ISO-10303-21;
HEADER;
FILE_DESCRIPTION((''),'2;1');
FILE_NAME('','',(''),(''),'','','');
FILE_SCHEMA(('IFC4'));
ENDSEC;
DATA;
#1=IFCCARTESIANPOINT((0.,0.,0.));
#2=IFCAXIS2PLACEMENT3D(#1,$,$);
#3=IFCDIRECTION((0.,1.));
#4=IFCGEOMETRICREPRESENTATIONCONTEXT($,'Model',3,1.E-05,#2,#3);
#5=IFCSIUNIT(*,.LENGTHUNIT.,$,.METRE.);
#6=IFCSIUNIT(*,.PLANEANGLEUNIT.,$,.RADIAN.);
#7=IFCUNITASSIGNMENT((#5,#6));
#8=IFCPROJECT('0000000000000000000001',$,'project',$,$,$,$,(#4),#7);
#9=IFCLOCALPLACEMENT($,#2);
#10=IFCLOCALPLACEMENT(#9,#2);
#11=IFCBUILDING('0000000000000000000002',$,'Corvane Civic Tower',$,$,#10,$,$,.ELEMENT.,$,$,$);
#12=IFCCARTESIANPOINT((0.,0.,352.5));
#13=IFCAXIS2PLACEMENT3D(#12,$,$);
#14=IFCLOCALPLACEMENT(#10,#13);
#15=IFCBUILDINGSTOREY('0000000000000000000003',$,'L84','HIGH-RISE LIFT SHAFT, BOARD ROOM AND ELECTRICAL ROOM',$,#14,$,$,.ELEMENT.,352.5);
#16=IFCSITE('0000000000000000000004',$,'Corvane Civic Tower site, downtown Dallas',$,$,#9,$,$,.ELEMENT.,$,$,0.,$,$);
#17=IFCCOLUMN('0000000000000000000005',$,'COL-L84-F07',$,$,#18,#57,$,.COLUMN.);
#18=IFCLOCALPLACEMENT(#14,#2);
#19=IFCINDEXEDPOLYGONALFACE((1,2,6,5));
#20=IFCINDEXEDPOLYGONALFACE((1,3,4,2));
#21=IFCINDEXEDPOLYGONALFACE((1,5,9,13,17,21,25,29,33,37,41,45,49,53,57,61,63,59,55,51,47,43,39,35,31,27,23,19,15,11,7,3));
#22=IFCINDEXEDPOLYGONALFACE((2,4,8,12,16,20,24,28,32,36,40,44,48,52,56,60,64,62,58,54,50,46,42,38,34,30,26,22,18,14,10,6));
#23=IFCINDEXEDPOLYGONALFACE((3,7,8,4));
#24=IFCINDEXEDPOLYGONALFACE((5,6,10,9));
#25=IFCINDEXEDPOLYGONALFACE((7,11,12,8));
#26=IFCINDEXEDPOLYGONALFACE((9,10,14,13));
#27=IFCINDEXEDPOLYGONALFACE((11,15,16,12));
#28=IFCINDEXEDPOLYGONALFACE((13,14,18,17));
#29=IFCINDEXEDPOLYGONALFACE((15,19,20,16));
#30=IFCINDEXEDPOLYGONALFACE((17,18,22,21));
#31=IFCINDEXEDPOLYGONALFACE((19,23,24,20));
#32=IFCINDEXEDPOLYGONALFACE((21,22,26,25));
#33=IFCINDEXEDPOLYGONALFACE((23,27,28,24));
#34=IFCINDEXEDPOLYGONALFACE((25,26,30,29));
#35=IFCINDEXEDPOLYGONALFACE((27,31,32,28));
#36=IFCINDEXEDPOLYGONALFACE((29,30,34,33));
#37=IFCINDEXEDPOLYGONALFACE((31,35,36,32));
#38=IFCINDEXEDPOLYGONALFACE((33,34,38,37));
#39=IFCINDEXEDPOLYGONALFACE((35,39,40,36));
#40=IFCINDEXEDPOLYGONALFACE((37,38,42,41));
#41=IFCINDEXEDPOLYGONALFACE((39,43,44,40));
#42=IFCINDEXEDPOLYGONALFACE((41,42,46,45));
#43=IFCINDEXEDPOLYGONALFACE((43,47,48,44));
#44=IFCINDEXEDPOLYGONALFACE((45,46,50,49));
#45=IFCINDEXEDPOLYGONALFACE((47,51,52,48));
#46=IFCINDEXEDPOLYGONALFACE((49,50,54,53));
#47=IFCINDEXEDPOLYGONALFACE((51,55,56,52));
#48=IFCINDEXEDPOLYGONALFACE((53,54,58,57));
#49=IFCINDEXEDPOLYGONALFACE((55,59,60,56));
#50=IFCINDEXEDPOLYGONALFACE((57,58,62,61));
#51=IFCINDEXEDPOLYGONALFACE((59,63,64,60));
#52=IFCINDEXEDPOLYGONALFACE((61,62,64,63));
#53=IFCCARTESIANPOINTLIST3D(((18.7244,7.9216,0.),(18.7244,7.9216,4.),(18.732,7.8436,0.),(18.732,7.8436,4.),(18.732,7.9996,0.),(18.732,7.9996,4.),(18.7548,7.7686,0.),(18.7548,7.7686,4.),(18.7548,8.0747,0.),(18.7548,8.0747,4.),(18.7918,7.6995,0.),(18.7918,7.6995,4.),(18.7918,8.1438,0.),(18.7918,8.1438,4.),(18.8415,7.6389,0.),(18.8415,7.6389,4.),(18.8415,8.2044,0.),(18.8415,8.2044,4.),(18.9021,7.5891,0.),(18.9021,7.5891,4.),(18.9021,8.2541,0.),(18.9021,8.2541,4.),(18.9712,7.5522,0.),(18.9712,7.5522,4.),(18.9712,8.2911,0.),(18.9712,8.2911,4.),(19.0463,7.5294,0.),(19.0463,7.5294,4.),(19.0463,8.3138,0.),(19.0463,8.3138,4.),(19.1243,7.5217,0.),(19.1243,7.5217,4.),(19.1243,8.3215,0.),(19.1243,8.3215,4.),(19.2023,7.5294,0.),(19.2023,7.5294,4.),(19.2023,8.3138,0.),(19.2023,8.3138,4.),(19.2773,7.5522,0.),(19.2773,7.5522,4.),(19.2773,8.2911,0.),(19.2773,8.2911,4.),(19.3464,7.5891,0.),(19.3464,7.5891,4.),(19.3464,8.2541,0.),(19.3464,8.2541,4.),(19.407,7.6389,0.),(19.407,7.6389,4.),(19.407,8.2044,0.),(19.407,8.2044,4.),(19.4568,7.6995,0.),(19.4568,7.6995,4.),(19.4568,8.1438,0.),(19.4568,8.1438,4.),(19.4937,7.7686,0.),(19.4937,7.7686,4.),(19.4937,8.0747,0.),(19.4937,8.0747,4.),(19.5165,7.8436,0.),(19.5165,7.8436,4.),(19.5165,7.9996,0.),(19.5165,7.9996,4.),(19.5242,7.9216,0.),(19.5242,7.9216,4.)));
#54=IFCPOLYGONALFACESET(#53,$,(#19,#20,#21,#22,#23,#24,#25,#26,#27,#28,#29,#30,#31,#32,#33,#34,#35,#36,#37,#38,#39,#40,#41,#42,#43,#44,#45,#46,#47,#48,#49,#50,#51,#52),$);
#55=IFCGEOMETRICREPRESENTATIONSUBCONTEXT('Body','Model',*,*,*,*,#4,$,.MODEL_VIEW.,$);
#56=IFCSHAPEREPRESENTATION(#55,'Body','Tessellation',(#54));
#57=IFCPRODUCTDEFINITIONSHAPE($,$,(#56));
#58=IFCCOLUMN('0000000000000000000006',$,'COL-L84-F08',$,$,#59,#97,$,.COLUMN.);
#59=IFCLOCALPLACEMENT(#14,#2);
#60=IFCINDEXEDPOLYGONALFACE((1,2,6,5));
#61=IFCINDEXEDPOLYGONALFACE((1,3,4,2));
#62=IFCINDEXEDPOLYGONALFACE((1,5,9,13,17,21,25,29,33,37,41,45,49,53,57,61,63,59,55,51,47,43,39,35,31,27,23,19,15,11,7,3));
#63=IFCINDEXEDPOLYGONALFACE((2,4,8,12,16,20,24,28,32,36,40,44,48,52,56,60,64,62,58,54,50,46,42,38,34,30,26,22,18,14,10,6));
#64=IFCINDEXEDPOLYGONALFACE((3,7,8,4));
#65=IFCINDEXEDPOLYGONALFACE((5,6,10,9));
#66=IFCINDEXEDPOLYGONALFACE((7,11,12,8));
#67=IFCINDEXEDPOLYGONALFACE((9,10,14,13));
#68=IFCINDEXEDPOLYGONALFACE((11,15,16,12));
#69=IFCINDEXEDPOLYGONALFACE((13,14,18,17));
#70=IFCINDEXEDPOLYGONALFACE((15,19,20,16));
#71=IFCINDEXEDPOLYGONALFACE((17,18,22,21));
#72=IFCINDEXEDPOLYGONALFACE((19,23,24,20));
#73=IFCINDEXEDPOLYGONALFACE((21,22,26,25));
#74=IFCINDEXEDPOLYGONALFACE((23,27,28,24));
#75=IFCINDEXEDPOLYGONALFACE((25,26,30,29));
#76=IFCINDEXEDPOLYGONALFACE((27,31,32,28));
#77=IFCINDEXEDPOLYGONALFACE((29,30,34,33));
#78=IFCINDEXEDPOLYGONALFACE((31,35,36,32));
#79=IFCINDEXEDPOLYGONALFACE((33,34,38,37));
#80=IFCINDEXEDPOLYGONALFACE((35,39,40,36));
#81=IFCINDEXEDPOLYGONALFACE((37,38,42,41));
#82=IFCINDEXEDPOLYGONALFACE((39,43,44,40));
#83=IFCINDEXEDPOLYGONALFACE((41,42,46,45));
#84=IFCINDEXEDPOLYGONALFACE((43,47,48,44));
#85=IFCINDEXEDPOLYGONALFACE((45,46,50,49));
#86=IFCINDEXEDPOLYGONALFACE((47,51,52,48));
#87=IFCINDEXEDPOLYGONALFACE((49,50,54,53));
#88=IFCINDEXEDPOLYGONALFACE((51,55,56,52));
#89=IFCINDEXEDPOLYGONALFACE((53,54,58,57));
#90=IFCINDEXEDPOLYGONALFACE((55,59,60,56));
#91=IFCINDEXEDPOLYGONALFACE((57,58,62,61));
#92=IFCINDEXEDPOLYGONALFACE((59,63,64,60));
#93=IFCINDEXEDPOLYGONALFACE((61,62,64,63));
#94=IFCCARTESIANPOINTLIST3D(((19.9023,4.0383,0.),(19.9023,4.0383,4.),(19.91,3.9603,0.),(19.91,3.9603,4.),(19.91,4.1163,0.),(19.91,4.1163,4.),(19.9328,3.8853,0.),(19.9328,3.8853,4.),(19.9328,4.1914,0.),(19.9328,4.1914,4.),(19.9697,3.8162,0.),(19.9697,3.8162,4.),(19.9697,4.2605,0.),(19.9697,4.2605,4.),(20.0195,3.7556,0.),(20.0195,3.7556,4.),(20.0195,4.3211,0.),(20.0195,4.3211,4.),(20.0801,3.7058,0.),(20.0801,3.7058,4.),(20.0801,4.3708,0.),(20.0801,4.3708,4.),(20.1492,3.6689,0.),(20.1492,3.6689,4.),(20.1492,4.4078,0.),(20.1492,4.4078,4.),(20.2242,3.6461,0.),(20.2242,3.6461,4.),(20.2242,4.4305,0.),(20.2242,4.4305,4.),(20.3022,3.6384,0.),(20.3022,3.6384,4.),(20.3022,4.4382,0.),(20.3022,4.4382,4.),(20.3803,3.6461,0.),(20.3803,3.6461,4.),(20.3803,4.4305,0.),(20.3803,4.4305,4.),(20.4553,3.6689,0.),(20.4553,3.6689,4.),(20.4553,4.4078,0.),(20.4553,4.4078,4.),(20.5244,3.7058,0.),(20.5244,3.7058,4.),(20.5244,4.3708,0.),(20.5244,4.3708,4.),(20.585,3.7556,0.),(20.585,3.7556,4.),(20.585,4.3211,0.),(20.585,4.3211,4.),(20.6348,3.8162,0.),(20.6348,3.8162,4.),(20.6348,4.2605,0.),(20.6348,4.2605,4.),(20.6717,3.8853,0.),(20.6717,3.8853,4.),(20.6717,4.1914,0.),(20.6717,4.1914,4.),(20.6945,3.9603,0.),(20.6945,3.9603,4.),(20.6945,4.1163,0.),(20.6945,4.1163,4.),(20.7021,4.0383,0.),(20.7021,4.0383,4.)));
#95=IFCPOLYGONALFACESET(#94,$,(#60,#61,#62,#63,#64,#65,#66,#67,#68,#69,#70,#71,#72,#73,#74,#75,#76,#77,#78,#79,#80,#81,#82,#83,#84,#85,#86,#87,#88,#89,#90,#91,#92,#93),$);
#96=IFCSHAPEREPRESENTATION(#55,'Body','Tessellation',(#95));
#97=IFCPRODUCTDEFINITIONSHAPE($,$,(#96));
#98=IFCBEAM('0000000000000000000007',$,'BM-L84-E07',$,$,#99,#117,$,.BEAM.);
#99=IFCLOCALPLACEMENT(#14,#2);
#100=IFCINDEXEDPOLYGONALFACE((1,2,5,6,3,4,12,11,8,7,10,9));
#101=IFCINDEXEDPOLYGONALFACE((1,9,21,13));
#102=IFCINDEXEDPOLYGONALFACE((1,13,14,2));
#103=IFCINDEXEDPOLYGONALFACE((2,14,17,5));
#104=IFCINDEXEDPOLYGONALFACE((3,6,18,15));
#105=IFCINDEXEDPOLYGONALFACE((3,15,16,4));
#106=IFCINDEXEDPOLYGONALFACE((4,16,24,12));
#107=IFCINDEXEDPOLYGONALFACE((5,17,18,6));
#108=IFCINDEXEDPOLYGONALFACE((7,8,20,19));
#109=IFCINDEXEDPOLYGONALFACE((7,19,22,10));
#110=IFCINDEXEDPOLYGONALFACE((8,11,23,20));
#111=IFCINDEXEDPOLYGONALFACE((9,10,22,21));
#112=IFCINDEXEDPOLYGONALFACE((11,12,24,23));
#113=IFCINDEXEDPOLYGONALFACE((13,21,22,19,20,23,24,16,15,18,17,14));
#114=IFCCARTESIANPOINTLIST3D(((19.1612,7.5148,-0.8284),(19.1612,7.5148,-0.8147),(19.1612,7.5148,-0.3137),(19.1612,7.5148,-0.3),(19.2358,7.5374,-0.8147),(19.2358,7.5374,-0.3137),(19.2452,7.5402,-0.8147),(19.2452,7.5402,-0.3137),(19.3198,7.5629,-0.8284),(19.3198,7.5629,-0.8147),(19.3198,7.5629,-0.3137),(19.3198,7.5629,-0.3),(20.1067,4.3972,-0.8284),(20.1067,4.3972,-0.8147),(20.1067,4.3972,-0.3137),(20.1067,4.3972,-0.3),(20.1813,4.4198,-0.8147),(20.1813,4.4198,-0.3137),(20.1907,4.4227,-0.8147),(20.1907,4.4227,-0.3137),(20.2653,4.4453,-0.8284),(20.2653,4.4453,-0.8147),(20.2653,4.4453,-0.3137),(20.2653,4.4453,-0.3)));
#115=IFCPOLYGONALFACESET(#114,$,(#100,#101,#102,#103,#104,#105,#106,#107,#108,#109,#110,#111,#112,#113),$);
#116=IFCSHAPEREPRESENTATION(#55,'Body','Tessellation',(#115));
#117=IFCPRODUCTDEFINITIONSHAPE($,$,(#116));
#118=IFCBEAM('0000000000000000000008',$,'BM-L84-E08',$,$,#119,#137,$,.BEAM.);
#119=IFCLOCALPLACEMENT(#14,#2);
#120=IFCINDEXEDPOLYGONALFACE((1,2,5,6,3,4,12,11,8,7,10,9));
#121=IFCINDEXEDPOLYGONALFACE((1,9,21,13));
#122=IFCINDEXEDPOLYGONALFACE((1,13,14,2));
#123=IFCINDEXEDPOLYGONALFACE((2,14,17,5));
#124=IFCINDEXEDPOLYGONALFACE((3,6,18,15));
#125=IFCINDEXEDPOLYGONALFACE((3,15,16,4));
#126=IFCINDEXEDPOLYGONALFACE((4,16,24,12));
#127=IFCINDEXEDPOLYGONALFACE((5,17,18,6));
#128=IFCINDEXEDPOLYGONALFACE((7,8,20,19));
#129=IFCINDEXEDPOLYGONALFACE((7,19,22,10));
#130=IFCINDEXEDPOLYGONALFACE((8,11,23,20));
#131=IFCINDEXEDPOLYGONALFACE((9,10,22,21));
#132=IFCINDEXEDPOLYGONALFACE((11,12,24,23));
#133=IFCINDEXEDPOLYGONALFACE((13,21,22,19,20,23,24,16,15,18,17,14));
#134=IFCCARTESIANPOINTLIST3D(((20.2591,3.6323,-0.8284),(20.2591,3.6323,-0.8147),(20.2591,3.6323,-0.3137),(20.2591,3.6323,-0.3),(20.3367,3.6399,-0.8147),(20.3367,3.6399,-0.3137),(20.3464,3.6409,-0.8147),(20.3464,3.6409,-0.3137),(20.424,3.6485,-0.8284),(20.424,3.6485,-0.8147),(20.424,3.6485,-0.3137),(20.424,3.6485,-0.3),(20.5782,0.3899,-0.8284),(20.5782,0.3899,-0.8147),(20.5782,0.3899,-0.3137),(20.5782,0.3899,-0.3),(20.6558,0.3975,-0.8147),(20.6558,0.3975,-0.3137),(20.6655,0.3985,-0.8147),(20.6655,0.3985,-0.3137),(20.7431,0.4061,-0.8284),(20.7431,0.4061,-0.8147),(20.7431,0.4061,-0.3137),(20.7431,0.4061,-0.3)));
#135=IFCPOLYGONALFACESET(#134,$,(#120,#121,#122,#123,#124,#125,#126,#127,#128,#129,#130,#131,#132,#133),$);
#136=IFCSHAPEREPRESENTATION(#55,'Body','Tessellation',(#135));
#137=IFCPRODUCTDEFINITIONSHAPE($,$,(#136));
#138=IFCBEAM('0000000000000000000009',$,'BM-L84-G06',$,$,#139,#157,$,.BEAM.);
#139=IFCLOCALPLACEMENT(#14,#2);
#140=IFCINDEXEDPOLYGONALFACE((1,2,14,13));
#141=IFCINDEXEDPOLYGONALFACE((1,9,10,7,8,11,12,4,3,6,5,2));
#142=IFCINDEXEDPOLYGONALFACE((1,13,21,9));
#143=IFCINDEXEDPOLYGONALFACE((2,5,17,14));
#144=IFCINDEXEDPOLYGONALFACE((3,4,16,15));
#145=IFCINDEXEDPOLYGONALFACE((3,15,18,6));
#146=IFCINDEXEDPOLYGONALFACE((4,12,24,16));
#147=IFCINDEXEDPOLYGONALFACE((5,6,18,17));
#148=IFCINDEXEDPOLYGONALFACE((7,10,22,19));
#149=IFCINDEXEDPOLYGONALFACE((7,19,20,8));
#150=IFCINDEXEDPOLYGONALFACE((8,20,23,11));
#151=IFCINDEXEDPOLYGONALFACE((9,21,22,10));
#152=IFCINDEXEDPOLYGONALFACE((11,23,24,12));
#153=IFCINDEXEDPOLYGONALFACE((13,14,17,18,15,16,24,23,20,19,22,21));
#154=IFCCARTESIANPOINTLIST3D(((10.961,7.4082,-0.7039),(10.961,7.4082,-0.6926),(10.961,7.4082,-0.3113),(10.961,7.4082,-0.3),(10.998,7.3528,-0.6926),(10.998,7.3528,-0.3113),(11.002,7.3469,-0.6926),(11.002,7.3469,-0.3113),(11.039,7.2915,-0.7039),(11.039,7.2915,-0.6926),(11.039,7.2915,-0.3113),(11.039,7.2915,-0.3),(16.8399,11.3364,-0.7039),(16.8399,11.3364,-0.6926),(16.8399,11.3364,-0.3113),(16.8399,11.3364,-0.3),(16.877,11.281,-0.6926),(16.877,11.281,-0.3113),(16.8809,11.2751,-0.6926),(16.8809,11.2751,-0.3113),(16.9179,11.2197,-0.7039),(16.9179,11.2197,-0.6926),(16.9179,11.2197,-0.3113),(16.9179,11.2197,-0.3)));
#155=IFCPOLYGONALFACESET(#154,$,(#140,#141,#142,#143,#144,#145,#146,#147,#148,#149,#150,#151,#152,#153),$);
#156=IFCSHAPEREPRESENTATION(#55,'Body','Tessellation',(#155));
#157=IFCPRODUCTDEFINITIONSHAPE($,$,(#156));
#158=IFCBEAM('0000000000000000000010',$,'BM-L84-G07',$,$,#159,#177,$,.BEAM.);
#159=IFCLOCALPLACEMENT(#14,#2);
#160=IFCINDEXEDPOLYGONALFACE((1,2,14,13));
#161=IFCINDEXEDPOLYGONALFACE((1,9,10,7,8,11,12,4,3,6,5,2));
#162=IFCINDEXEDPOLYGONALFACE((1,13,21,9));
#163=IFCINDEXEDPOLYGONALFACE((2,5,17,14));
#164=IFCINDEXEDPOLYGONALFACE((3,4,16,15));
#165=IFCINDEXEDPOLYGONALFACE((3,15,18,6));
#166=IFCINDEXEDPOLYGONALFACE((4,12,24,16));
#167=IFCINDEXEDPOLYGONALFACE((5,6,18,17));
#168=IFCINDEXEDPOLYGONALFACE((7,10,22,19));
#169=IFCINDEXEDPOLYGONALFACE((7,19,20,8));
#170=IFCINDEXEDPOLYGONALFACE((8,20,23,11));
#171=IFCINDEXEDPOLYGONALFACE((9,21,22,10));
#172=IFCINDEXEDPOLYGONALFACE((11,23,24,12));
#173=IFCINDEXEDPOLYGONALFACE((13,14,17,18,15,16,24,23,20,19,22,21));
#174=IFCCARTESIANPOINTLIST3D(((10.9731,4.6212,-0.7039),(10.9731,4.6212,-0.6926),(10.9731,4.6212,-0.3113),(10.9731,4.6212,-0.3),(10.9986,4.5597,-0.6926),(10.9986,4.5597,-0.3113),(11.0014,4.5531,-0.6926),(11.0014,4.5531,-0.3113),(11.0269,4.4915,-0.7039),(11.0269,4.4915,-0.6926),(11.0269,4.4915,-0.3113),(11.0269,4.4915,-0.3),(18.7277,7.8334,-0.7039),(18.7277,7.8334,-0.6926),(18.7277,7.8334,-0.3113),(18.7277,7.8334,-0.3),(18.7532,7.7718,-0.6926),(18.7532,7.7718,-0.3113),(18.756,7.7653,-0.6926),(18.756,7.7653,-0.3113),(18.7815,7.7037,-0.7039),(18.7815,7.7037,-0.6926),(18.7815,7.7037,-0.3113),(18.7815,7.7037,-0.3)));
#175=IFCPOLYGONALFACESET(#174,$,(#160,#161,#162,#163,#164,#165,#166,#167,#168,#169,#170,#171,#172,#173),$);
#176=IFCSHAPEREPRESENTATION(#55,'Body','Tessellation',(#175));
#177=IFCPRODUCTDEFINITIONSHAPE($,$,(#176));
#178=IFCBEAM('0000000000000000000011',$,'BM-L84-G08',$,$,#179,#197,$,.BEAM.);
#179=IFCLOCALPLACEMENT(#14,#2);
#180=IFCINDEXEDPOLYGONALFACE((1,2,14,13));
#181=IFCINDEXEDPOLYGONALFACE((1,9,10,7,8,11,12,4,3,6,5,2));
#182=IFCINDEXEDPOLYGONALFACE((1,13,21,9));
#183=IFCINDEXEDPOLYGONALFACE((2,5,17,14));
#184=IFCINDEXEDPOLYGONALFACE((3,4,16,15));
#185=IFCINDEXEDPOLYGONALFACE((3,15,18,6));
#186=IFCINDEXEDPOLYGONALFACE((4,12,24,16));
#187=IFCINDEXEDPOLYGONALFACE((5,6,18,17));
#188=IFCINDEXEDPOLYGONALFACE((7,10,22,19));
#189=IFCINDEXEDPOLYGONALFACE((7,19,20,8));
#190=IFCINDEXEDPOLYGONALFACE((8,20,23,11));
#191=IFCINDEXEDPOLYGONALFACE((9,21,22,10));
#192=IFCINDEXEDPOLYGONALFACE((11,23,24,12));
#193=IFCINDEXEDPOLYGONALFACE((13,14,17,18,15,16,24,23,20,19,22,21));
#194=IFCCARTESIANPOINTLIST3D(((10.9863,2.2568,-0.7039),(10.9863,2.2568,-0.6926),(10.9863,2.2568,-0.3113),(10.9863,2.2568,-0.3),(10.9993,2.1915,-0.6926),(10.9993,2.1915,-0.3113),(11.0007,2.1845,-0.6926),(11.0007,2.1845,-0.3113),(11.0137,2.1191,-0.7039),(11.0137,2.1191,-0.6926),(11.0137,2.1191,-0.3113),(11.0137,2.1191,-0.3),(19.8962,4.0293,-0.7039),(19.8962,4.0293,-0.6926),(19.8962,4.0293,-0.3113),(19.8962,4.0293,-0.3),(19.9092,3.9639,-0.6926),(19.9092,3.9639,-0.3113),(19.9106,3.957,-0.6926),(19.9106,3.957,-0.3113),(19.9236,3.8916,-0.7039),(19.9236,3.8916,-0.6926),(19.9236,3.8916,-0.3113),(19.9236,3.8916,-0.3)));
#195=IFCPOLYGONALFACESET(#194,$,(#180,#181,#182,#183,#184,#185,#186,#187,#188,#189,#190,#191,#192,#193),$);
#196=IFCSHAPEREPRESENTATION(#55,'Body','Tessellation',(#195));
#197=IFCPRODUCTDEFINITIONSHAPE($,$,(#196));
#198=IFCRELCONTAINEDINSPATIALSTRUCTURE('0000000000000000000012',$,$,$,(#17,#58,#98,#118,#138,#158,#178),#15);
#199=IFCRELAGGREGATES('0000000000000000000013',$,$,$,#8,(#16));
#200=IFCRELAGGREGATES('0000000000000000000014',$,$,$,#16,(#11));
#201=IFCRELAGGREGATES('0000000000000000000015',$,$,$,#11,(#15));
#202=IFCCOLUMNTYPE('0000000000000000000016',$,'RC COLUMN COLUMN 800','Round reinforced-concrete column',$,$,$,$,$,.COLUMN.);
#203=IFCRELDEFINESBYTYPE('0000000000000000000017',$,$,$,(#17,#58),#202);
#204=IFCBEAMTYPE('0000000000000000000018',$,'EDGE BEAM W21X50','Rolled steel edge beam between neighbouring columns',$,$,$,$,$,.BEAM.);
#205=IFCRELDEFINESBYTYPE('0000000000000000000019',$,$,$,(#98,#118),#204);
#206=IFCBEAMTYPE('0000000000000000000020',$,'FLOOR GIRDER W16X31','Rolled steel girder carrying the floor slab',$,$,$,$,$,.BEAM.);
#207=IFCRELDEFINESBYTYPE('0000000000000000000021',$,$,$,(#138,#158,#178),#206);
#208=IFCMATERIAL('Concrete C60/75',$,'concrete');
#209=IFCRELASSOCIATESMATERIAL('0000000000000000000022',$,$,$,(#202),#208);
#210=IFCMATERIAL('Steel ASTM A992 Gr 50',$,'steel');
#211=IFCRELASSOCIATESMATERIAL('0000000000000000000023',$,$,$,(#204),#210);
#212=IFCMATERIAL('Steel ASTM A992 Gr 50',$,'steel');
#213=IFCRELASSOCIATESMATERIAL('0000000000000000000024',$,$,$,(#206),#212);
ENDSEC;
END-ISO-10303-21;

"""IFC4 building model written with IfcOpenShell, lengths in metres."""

from ifc_helpers import new_model, si_unit, direction, frame, origin, origin_2d, place, context, subcontext, project, spatial, circle, i_section, extrude, material, material_profile, profile_set, type_object, element, save


model = new_model("IFC4")

# Units and contexts
model_context = context("Model", 3, precision=1e-05, world=origin(), true_north=direction((0.0, 1.0)))
body_context = subcontext(model_context, "Body", "Model", "MODEL_VIEW")
ifc_project = project(units=[si_unit("LENGTHUNIT", "METRE"), si_unit("PLANEANGLEUNIT", "RADIAN")], contexts=[model_context])

# Site, building, storey
site_placement = place(None, origin())
site = spatial("IfcSite", under=ifc_project, at=site_placement, Name="Corvane Civic Tower site, downtown Dallas", CompositionType="ELEMENT", RefElevation=0.0)
building_placement = place(site_placement, origin())
building = spatial("IfcBuilding", under=site, at=building_placement, Name="Corvane Civic Tower", CompositionType="ELEMENT")
storey_placement = place(building_placement, frame((0.0, 0.0, 352.5)))
storey = spatial("IfcBuildingStorey", under=building, at=storey_placement, Name="L84", Description="HIGH-RISE LIFT SHAFT, BOARD ROOM AND ELECTRICAL ROOM", CompositionType="ELEMENT", Elevation=352.5)

# Columns
ifc_material_1 = material(Name="Concrete C60/75", Category="concrete")
ifc_material_profile_1 = material_profile(ifc_material_1, circle(Radius=0.3999, at=origin_2d()), Name="COLUMN 800")
ifc_profile_set_1 = profile_set([ifc_material_profile_1], Name="Concrete C60/75")
column_type = type_object("IfcColumnType", Name="RC COLUMN COLUMN 800", Description="Round reinforced-concrete column", PredefinedType="COLUMN", material=ifc_profile_set_1)
for number, where, z_axis, x_axis, name in (
    (1, (19.1243, 7.9216, 0.0), (0.0, 0.0, 1.0), (1.0, 0.0, 0.0), "COL-L84-F07"),
    (2, (20.3022, 4.0383, 0.0), (0.0, 0.0, 1.0), (1.0, 0.0, 0.0), "COL-L84-F08"),
):
    element("IfcColumn", number, at=place(storey_placement, frame(where, z_axis=z_axis, x_axis=x_axis)), inside=storey, type_object=column_type, Name=name, PredefinedType="COLUMN", context=body_context, shape_type="SweptSolid", body=[
        extrude(circle(Radius=0.3999, at=origin_2d()), origin(), (0.0, 0.0, 1.0), 4.0),
    ])

# Beams
ifc_material_2 = material(Name="Steel ASTM A992 Gr 50", Category="steel")
ifc_material_profile_2 = material_profile(ifc_material_2, i_section(OverallWidth=0.1658, OverallDepth=0.5283, WebThickness=0.0098, FlangeThickness=0.0137, at=origin_2d()), Name="W21X50")
ifc_profile_set_2 = profile_set([ifc_material_profile_2], Name="Steel ASTM A992 Gr 50")
beam_type_1 = type_object("IfcBeamType", Name="EDGE BEAM W21X50", Description="Rolled steel edge beam between neighbouring columns", PredefinedType="BEAM", material=ifc_profile_set_2)
beam_1_placement = place(storey_placement, frame((19.2405, 7.5388, -0.5642), z_axis=(0.290234, -0.956956, 0.0), x_axis=(0.956956, 0.290234, 0.0)))
element("IfcBeam", 3, at=beam_1_placement, inside=storey, type_object=beam_type_1, Name="BM-L84-E07", PredefinedType="BEAM", context=body_context, shape_type="SweptSolid", body=[
    extrude(i_section(OverallWidth=0.1658, OverallDepth=0.5283, WebThickness=0.0098, FlangeThickness=0.0137, at=origin_2d()), origin(), (0.0, 0.0, 1.0), 3.2578),
])
beam_2_placement = place(storey_placement, frame((20.3416, 3.6404, -0.5642), z_axis=(0.097938, -0.995193, 0.0), x_axis=(0.995193, 0.097938, 0.0)))
element("IfcBeam", 4, at=beam_2_placement, inside=storey, type_object=beam_type_1, Name="BM-L84-E08", PredefinedType="BEAM", context=body_context, shape_type="SweptSolid", body=[
    extrude(i_section(OverallWidth=0.1658, OverallDepth=0.5283, WebThickness=0.0098, FlangeThickness=0.0137, at=origin_2d()), origin(), (0.0, 0.0, 1.0), 3.2581),
])
ifc_material_3 = material(Name="Steel ASTM A992 Gr 50", Category="steel")
ifc_material_profile_3 = material_profile(ifc_material_3, i_section(OverallWidth=0.1404, OverallDepth=0.4038, WebThickness=0.0071, FlangeThickness=0.0112, at=origin_2d()), Name="W16X31")
ifc_profile_set_3 = profile_set([ifc_material_profile_3], Name="Steel ASTM A992 Gr 50")
beam_type_2 = type_object("IfcBeamType", Name="FLOOR GIRDER W16X31", Description="Rolled steel girder carrying the floor slab", PredefinedType="BEAM", material=ifc_profile_set_3)
beam_3_placement = place(storey_placement, frame((11.0, 7.3499, -0.502), z_axis=(0.831465, 0.555576, 0.0), x_axis=(-0.555576, 0.831465, 0.0)))
element("IfcBeam", 5, at=beam_3_placement, inside=storey, type_object=beam_type_2, Name="BM-L84-G06", PredefinedType="BEAM", context=body_context, shape_type="SweptSolid", body=[
    extrude(i_section(OverallWidth=0.1404, OverallDepth=0.4038, WebThickness=0.0071, FlangeThickness=0.0112, at=origin_2d()), origin(), (0.0, 0.0, 1.0), 7.0706),
])
beam_4_placement = place(storey_placement, frame((11.0, 4.5564, -0.502), z_axis=(0.923876, 0.382692, 0.0), x_axis=(-0.382692, 0.923876, 0.0)))
element("IfcBeam", 6, at=beam_4_placement, inside=storey, type_object=beam_type_2, Name="BM-L84-G07", PredefinedType="BEAM", context=body_context, shape_type="SweptSolid", body=[
    extrude(i_section(OverallWidth=0.1404, OverallDepth=0.4038, WebThickness=0.0071, FlangeThickness=0.0112, at=origin_2d()), origin(), (0.0, 0.0, 1.0), 8.3936),
])
beam_5_placement = place(storey_placement, frame((11.0, 2.188, -0.502), z_axis=(0.980782, 0.195108, 0.0), x_axis=(-0.195108, 0.980782, 0.0)))
element("IfcBeam", 7, at=beam_5_placement, inside=storey, type_object=beam_type_2, Name="BM-L84-G08", PredefinedType="BEAM", context=body_context, shape_type="SweptSolid", body=[
    extrude(i_section(OverallWidth=0.1404, OverallDepth=0.4038, WebThickness=0.0071, FlangeThickness=0.0112, at=origin_2d()), origin(), (0.0, 0.0, 1.0), 9.0845),
])

save(model, "model.ifc")
